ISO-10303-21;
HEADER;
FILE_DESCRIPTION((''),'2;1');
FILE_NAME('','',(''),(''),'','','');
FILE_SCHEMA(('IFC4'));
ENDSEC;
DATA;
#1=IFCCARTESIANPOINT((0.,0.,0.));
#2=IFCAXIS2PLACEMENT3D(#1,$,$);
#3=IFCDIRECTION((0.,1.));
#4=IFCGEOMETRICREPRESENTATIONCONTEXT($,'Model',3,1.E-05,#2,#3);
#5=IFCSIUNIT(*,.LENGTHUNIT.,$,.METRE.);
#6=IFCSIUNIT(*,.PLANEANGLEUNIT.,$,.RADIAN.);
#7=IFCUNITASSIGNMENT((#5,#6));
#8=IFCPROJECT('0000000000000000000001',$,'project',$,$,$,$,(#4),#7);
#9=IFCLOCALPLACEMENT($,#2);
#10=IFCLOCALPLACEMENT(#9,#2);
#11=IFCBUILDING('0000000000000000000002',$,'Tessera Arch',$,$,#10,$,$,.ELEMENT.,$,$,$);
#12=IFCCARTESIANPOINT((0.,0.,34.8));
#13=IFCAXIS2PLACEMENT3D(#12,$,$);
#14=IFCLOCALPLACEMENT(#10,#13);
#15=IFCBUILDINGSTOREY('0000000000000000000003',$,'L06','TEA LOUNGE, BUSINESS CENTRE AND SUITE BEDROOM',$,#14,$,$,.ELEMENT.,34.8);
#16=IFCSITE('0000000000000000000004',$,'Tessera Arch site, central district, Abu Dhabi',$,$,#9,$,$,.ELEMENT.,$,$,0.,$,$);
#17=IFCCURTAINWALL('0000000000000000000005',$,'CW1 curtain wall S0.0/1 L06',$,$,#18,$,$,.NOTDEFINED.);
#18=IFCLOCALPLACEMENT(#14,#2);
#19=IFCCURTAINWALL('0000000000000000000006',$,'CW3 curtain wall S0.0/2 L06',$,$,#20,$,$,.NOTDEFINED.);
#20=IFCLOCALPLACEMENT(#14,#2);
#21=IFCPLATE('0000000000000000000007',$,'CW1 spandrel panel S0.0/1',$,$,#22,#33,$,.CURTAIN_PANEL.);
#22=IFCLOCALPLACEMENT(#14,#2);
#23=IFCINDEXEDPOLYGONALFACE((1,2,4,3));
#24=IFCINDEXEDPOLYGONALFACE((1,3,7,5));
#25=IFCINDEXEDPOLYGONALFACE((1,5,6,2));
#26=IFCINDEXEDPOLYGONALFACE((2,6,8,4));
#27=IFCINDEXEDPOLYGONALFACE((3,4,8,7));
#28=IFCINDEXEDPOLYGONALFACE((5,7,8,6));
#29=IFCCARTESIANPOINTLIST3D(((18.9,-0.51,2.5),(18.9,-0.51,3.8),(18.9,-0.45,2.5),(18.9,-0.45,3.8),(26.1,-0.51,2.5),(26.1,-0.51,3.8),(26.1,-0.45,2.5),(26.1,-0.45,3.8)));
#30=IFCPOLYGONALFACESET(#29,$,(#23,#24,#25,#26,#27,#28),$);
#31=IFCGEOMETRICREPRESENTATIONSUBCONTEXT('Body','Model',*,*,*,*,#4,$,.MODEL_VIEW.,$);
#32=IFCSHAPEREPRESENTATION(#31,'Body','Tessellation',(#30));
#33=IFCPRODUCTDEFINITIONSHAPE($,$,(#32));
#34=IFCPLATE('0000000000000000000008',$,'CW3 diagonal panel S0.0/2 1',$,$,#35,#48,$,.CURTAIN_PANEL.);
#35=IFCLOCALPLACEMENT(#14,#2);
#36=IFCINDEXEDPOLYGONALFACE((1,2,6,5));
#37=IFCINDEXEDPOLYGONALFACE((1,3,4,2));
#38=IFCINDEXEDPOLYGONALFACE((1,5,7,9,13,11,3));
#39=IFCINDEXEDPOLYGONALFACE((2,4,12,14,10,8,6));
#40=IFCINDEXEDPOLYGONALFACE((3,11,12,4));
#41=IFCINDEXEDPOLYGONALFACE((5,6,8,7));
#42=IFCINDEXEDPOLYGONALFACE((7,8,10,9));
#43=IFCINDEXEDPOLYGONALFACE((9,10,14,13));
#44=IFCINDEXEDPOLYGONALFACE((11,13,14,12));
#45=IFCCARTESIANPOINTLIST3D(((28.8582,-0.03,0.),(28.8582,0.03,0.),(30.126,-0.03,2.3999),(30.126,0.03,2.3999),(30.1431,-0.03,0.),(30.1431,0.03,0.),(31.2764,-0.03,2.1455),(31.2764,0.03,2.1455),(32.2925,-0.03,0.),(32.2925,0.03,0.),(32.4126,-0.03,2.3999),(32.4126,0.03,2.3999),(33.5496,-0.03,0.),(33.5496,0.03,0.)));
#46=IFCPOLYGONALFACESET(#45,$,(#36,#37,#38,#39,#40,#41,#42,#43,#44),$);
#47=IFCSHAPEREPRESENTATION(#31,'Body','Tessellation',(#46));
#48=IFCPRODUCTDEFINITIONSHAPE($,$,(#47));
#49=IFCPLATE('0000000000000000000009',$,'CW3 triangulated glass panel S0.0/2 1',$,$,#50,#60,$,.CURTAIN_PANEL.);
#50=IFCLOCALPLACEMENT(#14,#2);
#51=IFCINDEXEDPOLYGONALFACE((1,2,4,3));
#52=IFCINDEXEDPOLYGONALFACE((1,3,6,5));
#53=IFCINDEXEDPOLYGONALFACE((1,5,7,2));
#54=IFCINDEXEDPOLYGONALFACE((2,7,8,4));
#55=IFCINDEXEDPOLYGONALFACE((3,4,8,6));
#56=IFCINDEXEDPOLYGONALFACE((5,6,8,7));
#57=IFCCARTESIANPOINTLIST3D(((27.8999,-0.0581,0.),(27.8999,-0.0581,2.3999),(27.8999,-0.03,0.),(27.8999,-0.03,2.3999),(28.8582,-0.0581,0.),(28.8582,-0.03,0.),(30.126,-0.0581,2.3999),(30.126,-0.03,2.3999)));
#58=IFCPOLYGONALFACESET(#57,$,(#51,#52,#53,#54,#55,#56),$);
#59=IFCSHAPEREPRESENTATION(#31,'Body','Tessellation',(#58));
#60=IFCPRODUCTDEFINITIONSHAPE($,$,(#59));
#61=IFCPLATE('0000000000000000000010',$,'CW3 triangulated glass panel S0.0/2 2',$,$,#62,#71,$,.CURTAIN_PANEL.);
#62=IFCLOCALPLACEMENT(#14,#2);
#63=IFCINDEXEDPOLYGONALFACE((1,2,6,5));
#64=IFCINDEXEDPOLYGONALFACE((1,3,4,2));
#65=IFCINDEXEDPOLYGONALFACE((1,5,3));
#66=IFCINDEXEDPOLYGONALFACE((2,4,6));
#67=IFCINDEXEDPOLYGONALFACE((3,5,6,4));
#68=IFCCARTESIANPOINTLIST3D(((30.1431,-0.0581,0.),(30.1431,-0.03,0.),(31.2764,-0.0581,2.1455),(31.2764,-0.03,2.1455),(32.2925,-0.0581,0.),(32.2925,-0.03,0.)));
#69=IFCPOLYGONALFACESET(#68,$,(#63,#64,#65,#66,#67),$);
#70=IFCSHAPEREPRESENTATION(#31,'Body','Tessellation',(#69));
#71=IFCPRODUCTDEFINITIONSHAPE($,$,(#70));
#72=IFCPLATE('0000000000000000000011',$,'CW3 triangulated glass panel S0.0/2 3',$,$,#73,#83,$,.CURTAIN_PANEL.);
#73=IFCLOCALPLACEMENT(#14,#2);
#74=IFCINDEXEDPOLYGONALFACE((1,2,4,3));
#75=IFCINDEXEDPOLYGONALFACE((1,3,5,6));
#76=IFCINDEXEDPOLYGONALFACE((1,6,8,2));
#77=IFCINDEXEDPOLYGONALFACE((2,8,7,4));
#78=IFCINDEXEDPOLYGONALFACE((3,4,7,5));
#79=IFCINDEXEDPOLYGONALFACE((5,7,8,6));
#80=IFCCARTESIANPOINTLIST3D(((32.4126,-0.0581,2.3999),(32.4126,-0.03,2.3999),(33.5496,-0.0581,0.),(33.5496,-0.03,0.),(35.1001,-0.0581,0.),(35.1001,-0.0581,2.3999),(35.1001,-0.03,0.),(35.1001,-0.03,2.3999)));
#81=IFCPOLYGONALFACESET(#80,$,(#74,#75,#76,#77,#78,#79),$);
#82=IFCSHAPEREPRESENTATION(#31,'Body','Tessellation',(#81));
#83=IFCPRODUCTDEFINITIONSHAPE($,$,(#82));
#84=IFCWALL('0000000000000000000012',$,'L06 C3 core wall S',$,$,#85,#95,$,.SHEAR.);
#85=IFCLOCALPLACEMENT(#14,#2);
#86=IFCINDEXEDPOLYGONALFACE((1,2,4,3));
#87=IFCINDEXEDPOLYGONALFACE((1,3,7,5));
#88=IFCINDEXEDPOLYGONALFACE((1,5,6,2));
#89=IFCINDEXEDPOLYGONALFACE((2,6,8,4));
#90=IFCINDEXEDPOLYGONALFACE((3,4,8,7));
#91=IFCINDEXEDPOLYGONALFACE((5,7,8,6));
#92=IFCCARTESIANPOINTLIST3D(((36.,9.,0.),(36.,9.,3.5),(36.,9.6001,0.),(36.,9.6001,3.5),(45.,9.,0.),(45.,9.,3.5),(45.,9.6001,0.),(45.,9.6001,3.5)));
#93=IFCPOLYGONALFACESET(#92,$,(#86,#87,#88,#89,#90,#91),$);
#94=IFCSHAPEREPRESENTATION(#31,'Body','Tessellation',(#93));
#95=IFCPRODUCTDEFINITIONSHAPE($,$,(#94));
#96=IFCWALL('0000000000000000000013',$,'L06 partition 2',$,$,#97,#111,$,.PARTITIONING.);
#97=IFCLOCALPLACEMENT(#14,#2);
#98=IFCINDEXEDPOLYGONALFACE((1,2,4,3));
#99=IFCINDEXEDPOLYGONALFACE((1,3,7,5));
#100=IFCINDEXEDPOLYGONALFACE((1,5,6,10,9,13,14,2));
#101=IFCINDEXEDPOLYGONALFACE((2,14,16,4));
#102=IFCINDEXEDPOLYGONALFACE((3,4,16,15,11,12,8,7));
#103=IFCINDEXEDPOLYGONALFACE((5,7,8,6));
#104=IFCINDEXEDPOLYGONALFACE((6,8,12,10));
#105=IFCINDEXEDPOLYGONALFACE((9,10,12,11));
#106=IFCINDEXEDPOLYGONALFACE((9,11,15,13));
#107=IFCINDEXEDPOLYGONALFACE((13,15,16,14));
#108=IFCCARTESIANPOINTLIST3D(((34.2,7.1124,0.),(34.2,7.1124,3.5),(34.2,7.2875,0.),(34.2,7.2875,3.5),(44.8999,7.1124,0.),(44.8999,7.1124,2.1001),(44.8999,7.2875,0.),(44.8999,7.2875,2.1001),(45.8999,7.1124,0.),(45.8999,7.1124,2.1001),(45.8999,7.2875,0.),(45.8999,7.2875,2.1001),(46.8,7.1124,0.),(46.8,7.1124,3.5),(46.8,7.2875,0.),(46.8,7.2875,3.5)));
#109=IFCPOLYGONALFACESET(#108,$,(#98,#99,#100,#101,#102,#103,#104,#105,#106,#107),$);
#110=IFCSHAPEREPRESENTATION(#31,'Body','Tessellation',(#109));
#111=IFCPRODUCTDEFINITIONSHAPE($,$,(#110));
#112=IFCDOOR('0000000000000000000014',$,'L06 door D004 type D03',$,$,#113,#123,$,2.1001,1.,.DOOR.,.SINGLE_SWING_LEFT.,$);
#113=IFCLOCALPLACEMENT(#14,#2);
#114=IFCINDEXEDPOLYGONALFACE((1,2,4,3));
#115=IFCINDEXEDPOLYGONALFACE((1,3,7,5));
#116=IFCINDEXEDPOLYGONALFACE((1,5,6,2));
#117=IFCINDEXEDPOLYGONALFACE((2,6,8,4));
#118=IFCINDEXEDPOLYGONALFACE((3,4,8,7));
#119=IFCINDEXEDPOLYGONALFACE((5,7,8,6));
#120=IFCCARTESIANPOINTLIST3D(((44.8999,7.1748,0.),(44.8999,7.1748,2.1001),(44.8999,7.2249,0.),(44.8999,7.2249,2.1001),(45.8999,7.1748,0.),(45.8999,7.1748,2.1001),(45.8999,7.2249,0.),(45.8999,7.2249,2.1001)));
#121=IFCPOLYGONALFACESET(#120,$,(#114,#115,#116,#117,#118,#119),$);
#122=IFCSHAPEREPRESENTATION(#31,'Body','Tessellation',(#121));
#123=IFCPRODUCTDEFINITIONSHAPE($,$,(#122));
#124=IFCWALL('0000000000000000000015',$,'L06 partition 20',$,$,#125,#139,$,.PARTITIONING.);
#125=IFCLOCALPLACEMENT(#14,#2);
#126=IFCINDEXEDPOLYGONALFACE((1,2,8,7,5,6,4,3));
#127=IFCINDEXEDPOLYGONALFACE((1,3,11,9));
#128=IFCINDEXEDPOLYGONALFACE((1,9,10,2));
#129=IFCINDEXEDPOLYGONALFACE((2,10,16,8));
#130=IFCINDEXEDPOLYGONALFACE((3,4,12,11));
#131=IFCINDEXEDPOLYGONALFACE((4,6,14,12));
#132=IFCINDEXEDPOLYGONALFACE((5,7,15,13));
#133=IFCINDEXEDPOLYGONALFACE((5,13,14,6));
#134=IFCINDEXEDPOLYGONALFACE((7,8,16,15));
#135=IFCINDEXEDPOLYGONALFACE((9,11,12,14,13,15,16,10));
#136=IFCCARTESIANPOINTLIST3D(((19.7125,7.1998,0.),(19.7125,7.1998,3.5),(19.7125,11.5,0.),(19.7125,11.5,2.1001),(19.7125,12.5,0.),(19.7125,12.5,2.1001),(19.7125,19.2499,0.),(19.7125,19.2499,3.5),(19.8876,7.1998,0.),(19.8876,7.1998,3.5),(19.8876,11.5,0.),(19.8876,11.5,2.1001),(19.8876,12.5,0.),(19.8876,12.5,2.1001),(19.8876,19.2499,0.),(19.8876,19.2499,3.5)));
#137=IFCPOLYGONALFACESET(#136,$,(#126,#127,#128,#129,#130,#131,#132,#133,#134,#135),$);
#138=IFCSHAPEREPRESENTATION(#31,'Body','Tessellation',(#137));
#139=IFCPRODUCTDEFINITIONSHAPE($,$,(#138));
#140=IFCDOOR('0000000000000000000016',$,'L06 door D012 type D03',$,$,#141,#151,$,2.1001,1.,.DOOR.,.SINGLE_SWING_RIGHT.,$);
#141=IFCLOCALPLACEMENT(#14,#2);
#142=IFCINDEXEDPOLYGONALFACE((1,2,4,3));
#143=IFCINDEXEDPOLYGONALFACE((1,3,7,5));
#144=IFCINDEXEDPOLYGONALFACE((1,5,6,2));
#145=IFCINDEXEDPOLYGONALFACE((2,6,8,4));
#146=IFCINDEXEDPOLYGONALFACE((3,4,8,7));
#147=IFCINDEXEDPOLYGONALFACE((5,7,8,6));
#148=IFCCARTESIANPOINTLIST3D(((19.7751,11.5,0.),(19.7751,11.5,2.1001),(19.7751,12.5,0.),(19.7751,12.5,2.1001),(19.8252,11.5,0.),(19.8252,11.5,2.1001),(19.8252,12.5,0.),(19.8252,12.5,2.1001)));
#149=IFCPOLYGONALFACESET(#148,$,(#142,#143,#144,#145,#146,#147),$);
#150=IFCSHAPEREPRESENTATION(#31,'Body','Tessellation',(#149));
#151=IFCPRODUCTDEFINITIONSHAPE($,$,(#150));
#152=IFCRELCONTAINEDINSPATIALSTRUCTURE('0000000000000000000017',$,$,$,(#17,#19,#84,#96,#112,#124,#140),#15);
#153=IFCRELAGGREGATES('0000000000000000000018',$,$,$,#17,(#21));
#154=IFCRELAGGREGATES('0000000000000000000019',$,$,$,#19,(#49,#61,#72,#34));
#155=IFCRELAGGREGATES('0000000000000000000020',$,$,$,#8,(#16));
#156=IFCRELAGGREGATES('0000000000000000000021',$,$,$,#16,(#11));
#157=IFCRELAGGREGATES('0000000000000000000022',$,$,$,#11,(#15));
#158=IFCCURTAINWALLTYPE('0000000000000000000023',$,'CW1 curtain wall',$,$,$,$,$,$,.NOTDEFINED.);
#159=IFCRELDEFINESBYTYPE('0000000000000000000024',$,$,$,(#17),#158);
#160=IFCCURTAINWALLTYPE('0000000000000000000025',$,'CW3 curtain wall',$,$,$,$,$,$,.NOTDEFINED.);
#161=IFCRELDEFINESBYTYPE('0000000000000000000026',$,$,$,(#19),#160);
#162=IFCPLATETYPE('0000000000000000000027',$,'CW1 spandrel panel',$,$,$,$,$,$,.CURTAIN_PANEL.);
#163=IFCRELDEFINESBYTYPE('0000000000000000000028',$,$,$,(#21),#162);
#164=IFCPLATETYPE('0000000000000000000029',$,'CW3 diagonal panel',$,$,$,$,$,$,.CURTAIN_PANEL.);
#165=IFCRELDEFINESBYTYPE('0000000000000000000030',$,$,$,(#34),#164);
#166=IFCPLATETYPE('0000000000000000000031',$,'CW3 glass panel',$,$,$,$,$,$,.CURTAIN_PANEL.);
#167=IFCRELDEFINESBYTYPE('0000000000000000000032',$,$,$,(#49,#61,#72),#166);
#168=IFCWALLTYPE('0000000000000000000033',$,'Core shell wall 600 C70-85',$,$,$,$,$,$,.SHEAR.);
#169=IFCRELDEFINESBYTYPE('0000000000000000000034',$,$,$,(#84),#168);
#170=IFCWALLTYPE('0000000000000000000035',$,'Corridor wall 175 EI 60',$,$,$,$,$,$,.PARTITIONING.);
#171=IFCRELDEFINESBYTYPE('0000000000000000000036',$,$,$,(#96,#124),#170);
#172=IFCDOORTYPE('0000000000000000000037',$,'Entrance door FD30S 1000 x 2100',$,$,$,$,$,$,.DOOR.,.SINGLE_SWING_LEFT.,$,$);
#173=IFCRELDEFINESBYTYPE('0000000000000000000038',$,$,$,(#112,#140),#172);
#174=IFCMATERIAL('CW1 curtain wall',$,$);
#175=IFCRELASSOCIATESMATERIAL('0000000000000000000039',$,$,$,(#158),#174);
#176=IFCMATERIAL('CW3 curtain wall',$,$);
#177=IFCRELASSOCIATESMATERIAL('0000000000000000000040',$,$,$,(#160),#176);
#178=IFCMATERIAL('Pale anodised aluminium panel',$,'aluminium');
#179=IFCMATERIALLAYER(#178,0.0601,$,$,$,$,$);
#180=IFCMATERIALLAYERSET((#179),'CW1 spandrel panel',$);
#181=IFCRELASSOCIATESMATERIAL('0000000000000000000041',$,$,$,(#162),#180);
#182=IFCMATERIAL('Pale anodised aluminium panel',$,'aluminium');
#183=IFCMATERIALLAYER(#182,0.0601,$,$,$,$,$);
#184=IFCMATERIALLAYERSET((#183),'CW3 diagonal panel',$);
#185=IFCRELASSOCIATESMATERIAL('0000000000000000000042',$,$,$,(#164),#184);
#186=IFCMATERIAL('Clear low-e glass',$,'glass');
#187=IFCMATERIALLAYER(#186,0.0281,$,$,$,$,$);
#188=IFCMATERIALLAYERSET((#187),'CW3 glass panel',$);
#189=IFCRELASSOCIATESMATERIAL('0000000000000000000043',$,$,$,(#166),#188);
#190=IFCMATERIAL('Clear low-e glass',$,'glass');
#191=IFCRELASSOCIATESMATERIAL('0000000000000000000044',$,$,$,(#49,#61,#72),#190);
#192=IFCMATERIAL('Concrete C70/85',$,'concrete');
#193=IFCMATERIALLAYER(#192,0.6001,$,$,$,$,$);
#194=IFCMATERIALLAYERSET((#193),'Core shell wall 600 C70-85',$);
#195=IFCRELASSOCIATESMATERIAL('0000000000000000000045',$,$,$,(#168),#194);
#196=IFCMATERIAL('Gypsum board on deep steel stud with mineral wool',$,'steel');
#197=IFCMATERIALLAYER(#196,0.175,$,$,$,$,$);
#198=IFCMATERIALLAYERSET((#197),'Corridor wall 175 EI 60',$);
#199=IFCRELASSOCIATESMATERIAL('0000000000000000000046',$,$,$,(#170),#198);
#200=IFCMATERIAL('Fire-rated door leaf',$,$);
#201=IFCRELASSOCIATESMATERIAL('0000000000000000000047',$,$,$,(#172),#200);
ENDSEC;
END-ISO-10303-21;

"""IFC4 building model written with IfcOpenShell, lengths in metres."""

from ifc_helpers import new_model, si_unit, direction, frame, frame_2d, origin, origin_2d, place, context, subcontext, project, spatial, polyline, rectangle, outline, extrude, material, layer, layer_set, type_object, element, fill, aggregate, save


model = new_model("IFC4")

# Units and contexts
model_context = context("Model", 3, precision=1e-05, world=origin(), true_north=direction((0.0, 1.0)))
body_context = subcontext(model_context, "Body", "Model", "MODEL_VIEW")
ifc_project = project(units=[si_unit("LENGTHUNIT", "METRE"), si_unit("PLANEANGLEUNIT", "RADIAN")], contexts=[model_context])

# Site, building, storey
site_placement = place(None, origin())
site = spatial("IfcSite", under=ifc_project, at=site_placement, Name="Tessera Arch site, central district, Abu Dhabi", CompositionType="ELEMENT", RefElevation=0.0)
building_placement = place(site_placement, origin())
building = spatial("IfcBuilding", under=site, at=building_placement, Name="Tessera Arch", CompositionType="ELEMENT")
storey_placement = place(building_placement, frame((0.0, 0.0, 34.8)))
storey = spatial("IfcBuildingStorey", under=building, at=storey_placement, Name="L06", Description="TEA LOUNGE, BUSINESS CENTRE AND SUITE BEDROOM", CompositionType="ELEMENT", Elevation=34.8)

# Curtain wall
ifc_material_1 = material(Name="CW1 curtain wall")
curtain_wall_type_1 = type_object("IfcCurtainWallType", Name="CW1 curtain wall", PredefinedType="NOTDEFINED", material=ifc_material_1)
curtain_wall_1_placement = place(storey_placement, origin())
curtain_wall_1 = element("IfcCurtainWall", 1, at=curtain_wall_1_placement, inside=storey, type_object=curtain_wall_type_1, Name="CW1 curtain wall S0.0/1 L06", PredefinedType="NOTDEFINED")

# Curtain wall
ifc_material_2 = material(Name="CW3 curtain wall")
curtain_wall_type_2 = type_object("IfcCurtainWallType", Name="CW3 curtain wall", PredefinedType="NOTDEFINED", material=ifc_material_2)
curtain_wall_2_placement = place(storey_placement, origin())
curtain_wall_2 = element("IfcCurtainWall", 2, at=curtain_wall_2_placement, inside=storey, type_object=curtain_wall_type_2, Name="CW3 curtain wall S0.0/2 L06", PredefinedType="NOTDEFINED")

# Plates
ifc_material_3 = material(Name="Clear low-e glass", Category="glass")
ifc_material_4 = material(Name="Pale anodised aluminium panel", Category="aluminium")
ifc_layer_1 = layer(ifc_material_4, 0.0601)
ifc_layer_set_1 = layer_set([ifc_layer_1], Name="CW1 spandrel panel")
plate_type_1 = type_object("IfcPlateType", Name="CW1 spandrel panel", PredefinedType="CURTAIN_PANEL", material=ifc_layer_set_1)
plate_1_placement = place(storey_placement, frame((22.5, -0.48, 2.5), z_axis=(0.0, 0.0, 1.0), x_axis=(1.0, 0.0, 0.0)))
plate_1 = element("IfcPlate", 3, at=plate_1_placement, type_object=plate_type_1, Name="CW1 spandrel panel S0.0/1", PredefinedType="CURTAIN_PANEL", context=body_context, shape_type="SweptSolid", body=[
    extrude(rectangle(XDim=7.2, YDim=0.0601, at=origin_2d()), origin(), (0.0, 0.0, 1.0), 1.3),
])
aggregate(curtain_wall_1, [plate_1])
ifc_material_5 = material(Name="Pale anodised aluminium panel", Category="aluminium")
ifc_layer_2 = layer(ifc_material_5, 0.0601)
ifc_layer_set_2 = layer_set([ifc_layer_2], Name="CW3 diagonal panel")
plate_type_2 = type_object("IfcPlateType", Name="CW3 diagonal panel", PredefinedType="CURTAIN_PANEL", material=ifc_layer_set_2)
plate_2_placement = place(storey_placement, frame((32.4126, -0.03, 2.3999), z_axis=(0.0, -1.0, 0.0), x_axis=(-1.0, 0.0, 0.0)))
plate_2 = element("IfcPlate", 4, at=plate_2_placement, type_object=plate_type_2, Name="CW3 diagonal panel S0.0/2 1", PredefinedType="CURTAIN_PANEL", context=body_context, shape_type="SweptSolid", body=[
    extrude(outline(polyline([(0.0, 0.0), (2.2866, 0.0), (3.5544, 2.3999), (2.2695, 2.3999), (1.1362, 0.2544), (0.1201, 2.3999), (-1.137, 2.3999), (0.0, 0.0)])), origin(), (0.0, 0.0, -1.0), 0.0601),
])
ifc_material_6 = material(Name="Clear low-e glass", Category="glass")
ifc_layer_3 = layer(ifc_material_6, 0.0281)
ifc_layer_set_3 = layer_set([ifc_layer_3], Name="CW3 glass panel")
plate_type_3 = type_object("IfcPlateType", Name="CW3 glass panel", PredefinedType="CURTAIN_PANEL", material=ifc_layer_set_3)
plate_3_placement = place(storey_placement, frame((27.8999, -0.0581, 0.0), z_axis=(0.0, -1.0, 0.0), x_axis=(1.0, 0.0, 0.0)))
plate_3 = element("IfcPlate", 5, at=plate_3_placement, type_object=plate_type_3, material=ifc_material_3, Name="CW3 triangulated glass panel S0.0/2 1", PredefinedType="CURTAIN_PANEL", context=body_context, shape_type="SweptSolid", body=[
    extrude(outline(polyline([(0.0, 0.0), (0.9583, 0.0), (2.2261, 2.3999), (0.0, 2.3999), (0.0, 0.0)])), origin(), (0.0, 0.0, -1.0), 0.0281),
])
plate_4_placement = place(storey_placement, frame((30.1431, -0.0581, 0.0), z_axis=(0.0, -1.0, 0.0), x_axis=(1.0, 0.0, 0.0)))
plate_4 = element("IfcPlate", 6, at=plate_4_placement, type_object=plate_type_3, material=ifc_material_3, Name="CW3 triangulated glass panel S0.0/2 2", PredefinedType="CURTAIN_PANEL", context=body_context, shape_type="SweptSolid", body=[
    extrude(outline(polyline([(0.0, 0.0), (2.1494, 0.0), (1.1333, 2.1455), (0.0, 0.0)])), origin(), (0.0, 0.0, -1.0), 0.0281),
])
plate_5_placement = place(storey_placement, frame((35.1001, -0.0581, 2.3999), z_axis=(0.0, -1.0, 0.0), x_axis=(-1.0, 0.0, 0.0)))
plate_5 = element("IfcPlate", 7, at=plate_5_placement, type_object=plate_type_3, material=ifc_material_3, Name="CW3 triangulated glass panel S0.0/2 3", PredefinedType="CURTAIN_PANEL", context=body_context, shape_type="SweptSolid", body=[
    extrude(outline(polyline([(0.0, 0.0), (2.6875, 0.0), (1.5505, 2.3999), (0.0, 2.3999), (0.0, 0.0)])), origin(), (0.0, 0.0, -1.0), 0.0281),
])
aggregate(curtain_wall_2, [plate_3, plate_4, plate_5, plate_2])

# Wall
ifc_material_7 = material(Name="Concrete C70/85", Category="concrete")
ifc_layer_4 = layer(ifc_material_7, 0.6001)
ifc_layer_set_4 = layer_set([ifc_layer_4], Name="Core shell wall 600 C70-85")
wall_type_1 = type_object("IfcWallType", Name="Core shell wall 600 C70-85", PredefinedType="SHEAR", material=ifc_layer_set_4)
wall_1_placement = place(storey_placement, frame((36.0, 9.3, 0.0), z_axis=(0.0, 0.0, 1.0), x_axis=(1.0, 0.0, 0.0)))
element("IfcWall", 8, at=wall_1_placement, inside=storey, type_object=wall_type_1, Name="L06 C3 core wall S", PredefinedType="SHEAR", context=body_context, shape_type="SweptSolid", body=[
    extrude(rectangle(XDim=9.0, YDim=0.6001, at=frame_2d((4.5, 0.0))), origin(), (0.0, 0.0, 1.0), 3.5),
])

# Walls, openings, doors
ifc_material_8 = material(Name="Gypsum board on deep steel stud with mineral wool", Category="steel")
ifc_layer_5 = layer(ifc_material_8, 0.175)
ifc_layer_set_5 = layer_set([ifc_layer_5], Name="Corridor wall 175 EI 60")
wall_type_2 = type_object("IfcWallType", Name="Corridor wall 175 EI 60", PredefinedType="PARTITIONING", material=ifc_layer_set_5)
wall_2_placement = place(storey_placement, frame((34.2, 7.2, 0.0), z_axis=(0.0, 0.0, 1.0), x_axis=(1.0, 0.0, 0.0)))
wall_2 = element("IfcWall", 9, at=wall_2_placement, inside=storey, type_object=wall_type_2, Name="L06 partition 2", PredefinedType="PARTITIONING", context=body_context, shape_type="SweptSolid", body=[
    extrude(rectangle(XDim=12.6001, YDim=0.175, at=frame_2d((6.3, 0.0))), origin(), (0.0, 0.0, 1.0), 3.5),
])
opening_1_placement = place(wall_2_placement, frame((10.7, 0.0, 0.0)))
opening_1 = element("IfcOpeningElement", 10, at=opening_1_placement, cuts=wall_2, PredefinedType="OPENING", context=body_context, shape_type="SweptSolid", body=[
    extrude(rectangle(XDim=1.0, YDim=2.1001, at=frame_2d((0.5, 1.05))), frame((0.0, 0.0974, 0.0), z_axis=(0.0, -1.0, 0.0), x_axis=(1.0, 0.0, 0.0)), (0.0, 0.0, 1.0), 0.1951),
])
ifc_material_9 = material(Name="Fire-rated door leaf")
door_type_1 = type_object("IfcDoorType", Name="Entrance door FD30S 1000 x 2100", OperationType="SINGLE_SWING_LEFT", PredefinedType="DOOR", material=ifc_material_9)
door_1_placement = place(opening_1_placement, origin())
door_1 = element("IfcDoor", 11, at=door_1_placement, inside=storey, type_object=door_type_1, Name="L06 door D004 type D03", OperationType="SINGLE_SWING_LEFT", OverallHeight=2.1001, OverallWidth=1.0, PredefinedType="DOOR", context=body_context, shape_type="SweptSolid", body=[
    extrude(rectangle(XDim=1.0, YDim=2.1001, at=frame_2d((0.5, 1.05))), frame((0.0, 0.0249, 0.0), z_axis=(0.0, -1.0, 0.0), x_axis=(1.0, 0.0, 0.0)), (0.0, 0.0, 1.0), 0.05),
])
fill(opening_1, door_1)
wall_3_placement = place(storey_placement, frame((19.8, 7.2, 0.0), z_axis=(0.0, 0.0, 1.0), x_axis=(0.0, 1.0, 0.0)))
wall_3 = element("IfcWall", 12, at=wall_3_placement, inside=storey, type_object=wall_type_2, Name="L06 partition 20", PredefinedType="PARTITIONING", context=body_context, shape_type="SweptSolid", body=[
    extrude(rectangle(XDim=12.05, YDim=0.175, at=frame_2d((6.0249, 0.0))), origin(), (0.0, 0.0, 1.0), 3.5),
])
opening_2_placement = place(wall_3_placement, frame((4.3, 0.0, 0.0)))
opening_2 = element("IfcOpeningElement", 13, at=opening_2_placement, cuts=wall_3, PredefinedType="OPENING", context=body_context, shape_type="SweptSolid", body=[
    extrude(rectangle(XDim=1.0, YDim=2.1001, at=frame_2d((0.5, 1.05))), frame((0.0, 0.0974, 0.0), z_axis=(0.0, -1.0, 0.0), x_axis=(1.0, 0.0, 0.0)), (0.0, 0.0, 1.0), 0.1951),
])
door_2_placement = place(opening_2_placement, origin())
door_2 = element("IfcDoor", 14, at=door_2_placement, inside=storey, type_object=door_type_1, Name="L06 door D012 type D03", OperationType="SINGLE_SWING_RIGHT", OverallHeight=2.1001, OverallWidth=1.0, PredefinedType="DOOR", context=body_context, shape_type="SweptSolid", body=[
    extrude(rectangle(XDim=1.0, YDim=2.1001, at=frame_2d((0.5, 1.05))), frame((0.0, 0.0249, 0.0), z_axis=(0.0, -1.0, 0.0), x_axis=(1.0, 0.0, 0.0)), (0.0, 0.0, 1.0), 0.05),
])
fill(opening_2, door_2)

save(model, "model.ifc")
